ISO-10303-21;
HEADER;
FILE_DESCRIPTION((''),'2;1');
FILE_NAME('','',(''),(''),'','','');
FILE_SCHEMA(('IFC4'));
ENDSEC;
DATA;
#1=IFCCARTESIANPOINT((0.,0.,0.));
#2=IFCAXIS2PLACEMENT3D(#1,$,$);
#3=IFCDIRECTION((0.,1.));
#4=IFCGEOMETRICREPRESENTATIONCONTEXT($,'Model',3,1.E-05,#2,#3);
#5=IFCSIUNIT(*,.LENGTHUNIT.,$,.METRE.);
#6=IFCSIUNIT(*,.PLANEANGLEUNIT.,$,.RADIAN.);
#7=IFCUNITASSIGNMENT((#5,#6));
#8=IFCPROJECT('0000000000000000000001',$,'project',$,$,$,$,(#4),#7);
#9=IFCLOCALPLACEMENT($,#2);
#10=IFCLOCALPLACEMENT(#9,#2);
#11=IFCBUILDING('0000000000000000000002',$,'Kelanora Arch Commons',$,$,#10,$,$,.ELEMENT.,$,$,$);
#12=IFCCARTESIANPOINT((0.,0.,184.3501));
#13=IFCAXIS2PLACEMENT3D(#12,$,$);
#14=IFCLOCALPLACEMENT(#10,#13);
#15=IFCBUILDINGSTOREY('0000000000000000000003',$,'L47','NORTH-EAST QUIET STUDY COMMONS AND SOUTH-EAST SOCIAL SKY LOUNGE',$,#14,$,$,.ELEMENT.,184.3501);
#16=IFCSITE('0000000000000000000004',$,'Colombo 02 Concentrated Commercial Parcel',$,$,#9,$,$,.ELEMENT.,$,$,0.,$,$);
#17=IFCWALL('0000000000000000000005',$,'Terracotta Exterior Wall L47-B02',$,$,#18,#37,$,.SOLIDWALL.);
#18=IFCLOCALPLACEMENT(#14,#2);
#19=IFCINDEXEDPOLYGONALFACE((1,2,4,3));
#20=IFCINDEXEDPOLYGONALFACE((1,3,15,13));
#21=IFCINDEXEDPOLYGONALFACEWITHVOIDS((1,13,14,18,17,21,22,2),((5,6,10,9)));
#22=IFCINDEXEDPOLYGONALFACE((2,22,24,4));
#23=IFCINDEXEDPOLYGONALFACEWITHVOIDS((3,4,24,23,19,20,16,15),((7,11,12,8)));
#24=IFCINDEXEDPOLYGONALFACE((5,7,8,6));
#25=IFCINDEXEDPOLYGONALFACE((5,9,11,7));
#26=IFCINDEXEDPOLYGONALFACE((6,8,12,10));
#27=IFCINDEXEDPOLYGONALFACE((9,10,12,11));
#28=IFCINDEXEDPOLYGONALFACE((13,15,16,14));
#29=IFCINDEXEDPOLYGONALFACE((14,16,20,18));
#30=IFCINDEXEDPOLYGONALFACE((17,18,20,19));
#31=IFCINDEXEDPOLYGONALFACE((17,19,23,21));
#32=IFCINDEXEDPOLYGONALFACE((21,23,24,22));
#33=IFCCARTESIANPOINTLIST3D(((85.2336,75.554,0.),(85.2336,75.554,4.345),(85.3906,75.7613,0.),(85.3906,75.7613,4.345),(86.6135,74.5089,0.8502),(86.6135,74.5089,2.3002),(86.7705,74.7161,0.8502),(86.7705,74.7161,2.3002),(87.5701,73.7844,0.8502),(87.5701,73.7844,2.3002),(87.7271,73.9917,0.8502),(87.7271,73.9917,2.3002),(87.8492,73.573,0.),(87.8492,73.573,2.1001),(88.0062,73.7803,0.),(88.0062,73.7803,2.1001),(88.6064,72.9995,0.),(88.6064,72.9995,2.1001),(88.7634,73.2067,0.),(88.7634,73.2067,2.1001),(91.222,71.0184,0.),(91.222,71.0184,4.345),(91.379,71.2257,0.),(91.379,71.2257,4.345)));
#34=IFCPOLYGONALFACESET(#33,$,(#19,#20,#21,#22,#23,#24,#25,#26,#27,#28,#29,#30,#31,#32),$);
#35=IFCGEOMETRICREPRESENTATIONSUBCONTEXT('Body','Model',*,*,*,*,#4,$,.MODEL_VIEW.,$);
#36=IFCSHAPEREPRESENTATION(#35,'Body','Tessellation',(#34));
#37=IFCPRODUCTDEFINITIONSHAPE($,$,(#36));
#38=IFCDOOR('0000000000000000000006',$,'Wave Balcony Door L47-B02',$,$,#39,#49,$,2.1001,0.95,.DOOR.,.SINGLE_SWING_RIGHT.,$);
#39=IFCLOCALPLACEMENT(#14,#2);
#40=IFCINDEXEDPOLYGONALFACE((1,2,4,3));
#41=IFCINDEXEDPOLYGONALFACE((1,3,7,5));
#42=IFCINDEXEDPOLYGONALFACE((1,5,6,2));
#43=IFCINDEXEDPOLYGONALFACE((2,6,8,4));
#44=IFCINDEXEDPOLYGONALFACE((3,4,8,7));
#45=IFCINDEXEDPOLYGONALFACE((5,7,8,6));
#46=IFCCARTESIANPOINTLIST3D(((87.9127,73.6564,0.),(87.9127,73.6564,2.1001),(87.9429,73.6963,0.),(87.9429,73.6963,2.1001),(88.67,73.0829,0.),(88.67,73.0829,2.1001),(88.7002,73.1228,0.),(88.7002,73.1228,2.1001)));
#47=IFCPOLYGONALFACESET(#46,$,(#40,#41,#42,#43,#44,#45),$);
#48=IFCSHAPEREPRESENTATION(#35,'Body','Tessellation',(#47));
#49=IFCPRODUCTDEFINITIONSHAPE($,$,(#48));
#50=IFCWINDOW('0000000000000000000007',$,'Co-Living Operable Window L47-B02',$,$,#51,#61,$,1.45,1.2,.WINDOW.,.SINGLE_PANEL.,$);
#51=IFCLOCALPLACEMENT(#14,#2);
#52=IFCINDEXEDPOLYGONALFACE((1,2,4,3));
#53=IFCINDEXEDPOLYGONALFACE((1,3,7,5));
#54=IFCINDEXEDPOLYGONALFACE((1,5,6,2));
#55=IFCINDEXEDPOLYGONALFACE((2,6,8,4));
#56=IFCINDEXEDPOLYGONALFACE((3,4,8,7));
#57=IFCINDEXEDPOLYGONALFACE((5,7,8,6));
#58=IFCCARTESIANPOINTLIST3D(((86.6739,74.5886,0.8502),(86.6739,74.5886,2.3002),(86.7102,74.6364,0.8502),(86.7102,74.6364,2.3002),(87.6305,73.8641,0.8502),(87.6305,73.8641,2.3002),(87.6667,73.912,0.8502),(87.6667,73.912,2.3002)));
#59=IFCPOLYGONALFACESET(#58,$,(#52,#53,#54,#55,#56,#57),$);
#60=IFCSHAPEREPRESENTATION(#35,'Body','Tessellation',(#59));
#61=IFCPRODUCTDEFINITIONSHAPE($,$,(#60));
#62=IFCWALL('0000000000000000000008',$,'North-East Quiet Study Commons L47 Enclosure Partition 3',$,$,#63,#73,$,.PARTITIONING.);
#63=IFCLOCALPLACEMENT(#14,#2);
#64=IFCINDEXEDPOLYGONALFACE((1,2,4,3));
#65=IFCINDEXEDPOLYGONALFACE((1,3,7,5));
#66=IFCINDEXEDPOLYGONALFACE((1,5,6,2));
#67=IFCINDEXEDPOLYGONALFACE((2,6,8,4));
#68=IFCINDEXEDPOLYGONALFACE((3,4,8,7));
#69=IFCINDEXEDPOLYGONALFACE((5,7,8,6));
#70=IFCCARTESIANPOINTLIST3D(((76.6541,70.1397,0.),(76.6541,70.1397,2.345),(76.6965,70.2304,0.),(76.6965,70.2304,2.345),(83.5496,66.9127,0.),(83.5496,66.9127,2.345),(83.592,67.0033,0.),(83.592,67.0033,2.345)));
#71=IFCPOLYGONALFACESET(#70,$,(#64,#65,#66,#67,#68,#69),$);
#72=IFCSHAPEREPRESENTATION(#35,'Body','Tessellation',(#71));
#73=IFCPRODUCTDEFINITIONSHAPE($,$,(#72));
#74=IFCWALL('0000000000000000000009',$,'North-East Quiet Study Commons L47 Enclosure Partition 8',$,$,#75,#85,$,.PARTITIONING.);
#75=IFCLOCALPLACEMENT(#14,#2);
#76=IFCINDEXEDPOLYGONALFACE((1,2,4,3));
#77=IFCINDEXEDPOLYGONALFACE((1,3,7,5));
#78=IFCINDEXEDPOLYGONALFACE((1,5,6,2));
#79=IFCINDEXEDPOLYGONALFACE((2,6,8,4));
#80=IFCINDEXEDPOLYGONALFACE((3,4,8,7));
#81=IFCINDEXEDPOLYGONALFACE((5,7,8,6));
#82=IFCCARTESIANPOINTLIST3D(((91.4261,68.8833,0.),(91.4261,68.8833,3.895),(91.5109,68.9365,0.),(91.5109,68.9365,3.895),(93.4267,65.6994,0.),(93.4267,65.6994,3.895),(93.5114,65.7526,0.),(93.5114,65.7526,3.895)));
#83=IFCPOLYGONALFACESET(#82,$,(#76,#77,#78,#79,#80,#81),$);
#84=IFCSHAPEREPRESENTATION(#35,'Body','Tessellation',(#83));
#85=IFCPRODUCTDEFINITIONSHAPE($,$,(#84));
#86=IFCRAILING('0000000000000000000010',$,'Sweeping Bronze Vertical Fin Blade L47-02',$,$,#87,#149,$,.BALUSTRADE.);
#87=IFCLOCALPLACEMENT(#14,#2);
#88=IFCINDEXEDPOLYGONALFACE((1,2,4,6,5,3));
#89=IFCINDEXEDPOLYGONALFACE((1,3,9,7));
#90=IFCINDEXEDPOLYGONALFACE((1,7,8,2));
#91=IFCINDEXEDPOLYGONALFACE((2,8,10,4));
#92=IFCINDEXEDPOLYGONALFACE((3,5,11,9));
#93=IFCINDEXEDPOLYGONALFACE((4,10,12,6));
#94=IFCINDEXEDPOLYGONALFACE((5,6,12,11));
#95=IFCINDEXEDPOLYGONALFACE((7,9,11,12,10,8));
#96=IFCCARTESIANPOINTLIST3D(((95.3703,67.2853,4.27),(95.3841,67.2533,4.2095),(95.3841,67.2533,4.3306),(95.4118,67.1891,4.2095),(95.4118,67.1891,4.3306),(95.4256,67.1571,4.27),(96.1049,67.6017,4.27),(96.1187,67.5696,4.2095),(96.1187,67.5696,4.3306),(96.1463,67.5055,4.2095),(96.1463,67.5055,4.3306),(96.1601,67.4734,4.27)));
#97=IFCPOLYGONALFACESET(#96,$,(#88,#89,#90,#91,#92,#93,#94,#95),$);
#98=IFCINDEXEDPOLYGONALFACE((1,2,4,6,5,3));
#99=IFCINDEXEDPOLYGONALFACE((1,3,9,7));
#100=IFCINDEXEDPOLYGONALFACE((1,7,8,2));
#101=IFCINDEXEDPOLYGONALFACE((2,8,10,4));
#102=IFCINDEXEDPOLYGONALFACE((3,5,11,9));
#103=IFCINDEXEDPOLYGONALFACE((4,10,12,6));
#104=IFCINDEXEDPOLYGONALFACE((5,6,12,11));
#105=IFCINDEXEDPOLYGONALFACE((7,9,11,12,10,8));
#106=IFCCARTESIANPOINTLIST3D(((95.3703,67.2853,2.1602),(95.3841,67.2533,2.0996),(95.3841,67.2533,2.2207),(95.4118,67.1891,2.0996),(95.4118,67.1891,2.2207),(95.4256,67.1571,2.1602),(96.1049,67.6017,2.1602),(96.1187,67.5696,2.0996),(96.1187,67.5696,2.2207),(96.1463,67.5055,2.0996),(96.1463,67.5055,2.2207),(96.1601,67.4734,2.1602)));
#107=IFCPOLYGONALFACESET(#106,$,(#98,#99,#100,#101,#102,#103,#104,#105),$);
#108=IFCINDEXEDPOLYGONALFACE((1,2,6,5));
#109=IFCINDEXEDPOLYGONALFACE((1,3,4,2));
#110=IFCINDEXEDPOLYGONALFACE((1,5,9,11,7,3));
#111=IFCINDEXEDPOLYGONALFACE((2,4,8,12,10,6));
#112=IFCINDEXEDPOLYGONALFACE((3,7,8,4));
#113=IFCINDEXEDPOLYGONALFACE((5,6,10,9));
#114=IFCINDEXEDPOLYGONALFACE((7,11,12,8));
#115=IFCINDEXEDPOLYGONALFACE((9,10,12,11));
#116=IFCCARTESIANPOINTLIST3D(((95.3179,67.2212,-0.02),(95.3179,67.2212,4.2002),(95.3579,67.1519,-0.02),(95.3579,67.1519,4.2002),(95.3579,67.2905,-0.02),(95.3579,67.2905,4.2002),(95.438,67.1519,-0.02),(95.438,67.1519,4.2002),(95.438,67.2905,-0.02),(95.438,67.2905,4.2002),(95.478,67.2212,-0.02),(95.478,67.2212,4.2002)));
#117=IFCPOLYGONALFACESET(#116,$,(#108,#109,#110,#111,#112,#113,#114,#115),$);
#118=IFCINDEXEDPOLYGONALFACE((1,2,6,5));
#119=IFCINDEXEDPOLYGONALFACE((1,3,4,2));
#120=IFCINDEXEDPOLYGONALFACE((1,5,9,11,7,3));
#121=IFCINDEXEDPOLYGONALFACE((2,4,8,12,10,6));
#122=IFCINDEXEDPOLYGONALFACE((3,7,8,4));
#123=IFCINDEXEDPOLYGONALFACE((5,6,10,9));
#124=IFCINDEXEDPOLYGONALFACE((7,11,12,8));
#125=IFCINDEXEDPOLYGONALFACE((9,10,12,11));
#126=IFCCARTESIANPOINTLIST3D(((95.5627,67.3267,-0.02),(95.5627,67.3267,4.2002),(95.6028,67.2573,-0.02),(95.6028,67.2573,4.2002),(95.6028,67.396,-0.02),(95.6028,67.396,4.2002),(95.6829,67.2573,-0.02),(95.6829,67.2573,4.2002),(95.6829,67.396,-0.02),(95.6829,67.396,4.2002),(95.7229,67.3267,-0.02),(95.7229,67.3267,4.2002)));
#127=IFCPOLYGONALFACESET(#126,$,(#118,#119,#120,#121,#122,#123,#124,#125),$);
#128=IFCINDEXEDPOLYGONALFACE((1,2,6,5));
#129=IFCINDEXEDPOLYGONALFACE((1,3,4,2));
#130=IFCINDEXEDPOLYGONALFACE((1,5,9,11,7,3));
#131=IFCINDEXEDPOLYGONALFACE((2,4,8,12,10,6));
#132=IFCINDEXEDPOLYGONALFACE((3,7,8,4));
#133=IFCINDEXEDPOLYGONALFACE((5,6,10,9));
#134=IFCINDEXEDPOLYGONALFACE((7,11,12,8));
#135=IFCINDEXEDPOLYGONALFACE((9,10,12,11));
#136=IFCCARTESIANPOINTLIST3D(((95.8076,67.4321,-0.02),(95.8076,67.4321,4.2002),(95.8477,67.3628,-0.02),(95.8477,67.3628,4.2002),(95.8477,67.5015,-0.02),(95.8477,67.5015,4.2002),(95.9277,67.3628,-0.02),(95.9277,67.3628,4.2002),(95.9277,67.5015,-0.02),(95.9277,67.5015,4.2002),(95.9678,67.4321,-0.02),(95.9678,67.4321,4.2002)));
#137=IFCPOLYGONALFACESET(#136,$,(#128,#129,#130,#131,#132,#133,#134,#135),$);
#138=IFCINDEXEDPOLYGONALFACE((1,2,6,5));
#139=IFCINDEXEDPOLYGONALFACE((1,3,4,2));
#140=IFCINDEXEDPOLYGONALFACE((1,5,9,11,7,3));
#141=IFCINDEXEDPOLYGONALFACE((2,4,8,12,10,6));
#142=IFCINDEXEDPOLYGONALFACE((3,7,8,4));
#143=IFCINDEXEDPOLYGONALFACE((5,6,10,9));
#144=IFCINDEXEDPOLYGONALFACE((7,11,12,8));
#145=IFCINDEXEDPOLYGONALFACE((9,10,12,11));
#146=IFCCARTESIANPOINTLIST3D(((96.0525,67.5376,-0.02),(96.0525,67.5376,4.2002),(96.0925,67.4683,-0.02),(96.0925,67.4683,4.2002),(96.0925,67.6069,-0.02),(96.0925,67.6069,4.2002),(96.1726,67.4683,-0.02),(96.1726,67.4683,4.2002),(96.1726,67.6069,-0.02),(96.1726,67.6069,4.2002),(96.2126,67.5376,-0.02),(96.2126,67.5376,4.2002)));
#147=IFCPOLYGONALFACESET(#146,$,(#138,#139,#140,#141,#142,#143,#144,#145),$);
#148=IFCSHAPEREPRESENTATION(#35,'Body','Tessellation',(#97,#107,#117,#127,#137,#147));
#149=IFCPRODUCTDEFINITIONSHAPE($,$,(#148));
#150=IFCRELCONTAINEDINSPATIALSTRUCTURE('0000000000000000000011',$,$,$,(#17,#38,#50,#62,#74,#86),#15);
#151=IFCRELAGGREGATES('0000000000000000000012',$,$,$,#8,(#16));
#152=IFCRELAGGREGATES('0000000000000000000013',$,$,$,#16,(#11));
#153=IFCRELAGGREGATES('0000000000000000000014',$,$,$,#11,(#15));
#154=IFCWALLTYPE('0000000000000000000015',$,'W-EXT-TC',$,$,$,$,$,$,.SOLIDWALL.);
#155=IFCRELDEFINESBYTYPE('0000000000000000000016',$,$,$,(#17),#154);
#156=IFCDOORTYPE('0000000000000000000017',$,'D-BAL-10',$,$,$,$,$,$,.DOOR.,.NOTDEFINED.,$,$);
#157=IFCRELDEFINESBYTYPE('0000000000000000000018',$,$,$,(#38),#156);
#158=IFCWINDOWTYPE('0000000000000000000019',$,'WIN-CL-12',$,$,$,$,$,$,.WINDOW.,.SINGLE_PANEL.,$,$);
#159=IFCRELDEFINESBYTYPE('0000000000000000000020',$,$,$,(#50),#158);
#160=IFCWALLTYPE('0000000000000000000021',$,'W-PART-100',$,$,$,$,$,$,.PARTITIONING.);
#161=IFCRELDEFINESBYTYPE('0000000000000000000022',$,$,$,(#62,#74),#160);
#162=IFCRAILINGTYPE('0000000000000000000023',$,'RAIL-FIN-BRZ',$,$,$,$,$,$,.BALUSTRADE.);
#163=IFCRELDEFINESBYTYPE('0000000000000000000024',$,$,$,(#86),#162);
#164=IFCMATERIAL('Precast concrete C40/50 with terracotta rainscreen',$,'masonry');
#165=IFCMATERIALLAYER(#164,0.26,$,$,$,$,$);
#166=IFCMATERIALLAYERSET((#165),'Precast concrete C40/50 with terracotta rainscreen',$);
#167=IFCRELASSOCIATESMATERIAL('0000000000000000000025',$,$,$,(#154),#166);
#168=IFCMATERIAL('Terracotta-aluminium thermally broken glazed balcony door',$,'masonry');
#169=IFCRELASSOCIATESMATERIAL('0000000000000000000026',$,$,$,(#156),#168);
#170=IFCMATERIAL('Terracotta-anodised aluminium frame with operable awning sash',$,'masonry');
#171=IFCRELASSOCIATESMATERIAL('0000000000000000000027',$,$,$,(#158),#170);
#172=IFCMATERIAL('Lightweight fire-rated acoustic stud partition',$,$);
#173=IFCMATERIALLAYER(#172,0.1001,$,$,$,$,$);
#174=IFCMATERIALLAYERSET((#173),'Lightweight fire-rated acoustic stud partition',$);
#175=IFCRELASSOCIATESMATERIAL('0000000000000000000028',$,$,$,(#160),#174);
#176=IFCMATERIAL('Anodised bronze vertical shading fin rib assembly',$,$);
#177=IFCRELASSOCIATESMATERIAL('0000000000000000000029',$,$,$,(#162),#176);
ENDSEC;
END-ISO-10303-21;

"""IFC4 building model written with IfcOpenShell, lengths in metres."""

from ifc_helpers import new_model, si_unit, direction, frame, frame_2d, origin, place, context, subcontext, project, spatial, polyline, rectangle, outline, extrude, material, layer, layer_set, type_object, element, fill, save


model = new_model("IFC4")

# Units and contexts
model_context = context("Model", 3, precision=1e-05, world=origin(), true_north=direction((0.0, 1.0)))
body_context = subcontext(model_context, "Body", "Model", "MODEL_VIEW")
ifc_project = project(units=[si_unit("LENGTHUNIT", "METRE"), si_unit("PLANEANGLEUNIT", "RADIAN")], contexts=[model_context])

# Site, building, storey
site_placement = place(None, origin())
site = spatial("IfcSite", under=ifc_project, at=site_placement, Name="Colombo 02 Concentrated Commercial Parcel", CompositionType="ELEMENT", RefElevation=0.0)
building_placement = place(site_placement, origin())
building = spatial("IfcBuilding", under=site, at=building_placement, Name="Kelanora Arch Commons", CompositionType="ELEMENT")
storey_placement = place(building_placement, frame((0.0, 0.0, 184.3501)))
storey = spatial("IfcBuildingStorey", under=building, at=storey_placement, Name="L47", Description="NORTH-EAST QUIET STUDY COMMONS AND SOUTH-EAST SOCIAL SKY LOUNGE", CompositionType="ELEMENT", Elevation=184.3501)

# Shared definitions
ifc_material_1 = material(Name="Precast concrete C40/50 with terracotta rainscreen", Category="masonry")
ifc_layer_1 = layer(ifc_material_1, 0.26)
ifc_layer_set_1 = layer_set([ifc_layer_1], Name="Precast concrete C40/50 with terracotta rainscreen")
wall_type_1 = type_object("IfcWallType", Name="W-EXT-TC", PredefinedType="SOLIDWALL", material=ifc_layer_set_1)

# Wall, openings, door, window
wall_1_placement = place(storey_placement, frame((91.3005, 71.1221, 0.0), z_axis=(0.0, 0.0, 1.0), x_axis=(-0.797164, 0.603763, 0.0)))
wall_1 = element("IfcWall", 1, at=wall_1_placement, inside=storey, type_object=wall_type_1, Name="Terracotta Exterior Wall L47-B02", PredefinedType="SOLIDWALL", context=body_context, shape_type="SweptSolid", body=[
    extrude(rectangle(XDim=7.5122, YDim=0.26, at=frame_2d((3.7561, 0.0))), origin(), (0.0, 0.0, 1.0), 4.345),
])
opening_1_placement = place(wall_1_placement, frame((3.281, 0.0, 0.0)))
opening_1 = element("IfcOpeningElement", 2, at=opening_1_placement, cuts=wall_1, PredefinedType="OPENING", context=body_context, shape_type="SweptSolid", body=[
    extrude(rectangle(XDim=0.95, YDim=2.1001, at=frame_2d((0.4751, 1.05))), frame((0.0, 0.1401, 0.0), z_axis=(0.0, -1.0, 0.0), x_axis=(1.0, 0.0, 0.0)), (0.0, 0.0, 1.0), 0.28),
])
opening_2_placement = place(wall_1_placement, frame((4.5811, 0.0, 0.8501)))
opening_2 = element("IfcOpeningElement", 3, at=opening_2_placement, cuts=wall_1, PredefinedType="OPENING", context=body_context, shape_type="SweptSolid", body=[
    extrude(rectangle(XDim=1.2, YDim=1.45, at=frame_2d((0.6001, 0.7251))), frame((0.0, 0.1401, 0.0), z_axis=(0.0, -1.0, 0.0), x_axis=(1.0, 0.0, 0.0)), (0.0, 0.0, 1.0), 0.28),
])
ifc_material_2 = material(Name="Terracotta-aluminium thermally broken glazed balcony door", Category="masonry")
door_type = type_object("IfcDoorType", Name="D-BAL-10", OperationType="NOTDEFINED", PredefinedType="DOOR", material=ifc_material_2)
door_placement = place(opening_1_placement, frame((0.95, 0.0, 0.0), z_axis=(0.0, 0.0, 1.0), x_axis=(-1.0, 0.0, 0.0)))
door = element("IfcDoor", 4, at=door_placement, inside=storey, type_object=door_type, Name="Wave Balcony Door L47-B02", OperationType="SINGLE_SWING_RIGHT", OverallHeight=2.1001, OverallWidth=0.95, PredefinedType="DOOR", context=body_context, shape_type="SweptSolid", body=[
    extrude(rectangle(XDim=0.95, YDim=2.1001, at=frame_2d((0.4751, 1.05))), frame((0.0, 0.0249, 0.0), z_axis=(0.0, -1.0, 0.0), x_axis=(1.0, 0.0, 0.0)), (0.0, 0.0, 1.0), 0.05),
])
fill(opening_1, door)
ifc_material_3 = material(Name="Terracotta-anodised aluminium frame with operable awning sash", Category="masonry")
window_type_1 = type_object("IfcWindowType", Name="WIN-CL-12", PartitioningType="SINGLE_PANEL", PredefinedType="WINDOW", material=ifc_material_3)
window_1_placement = place(opening_2_placement, origin())
window_1 = element("IfcWindow", 5, at=window_1_placement, inside=storey, type_object=window_type_1, Name="Co-Living Operable Window L47-B02", OverallHeight=1.45, OverallWidth=1.2, PartitioningType="SINGLE_PANEL", PredefinedType="WINDOW", context=body_context, shape_type="SweptSolid", body=[
    extrude(rectangle(XDim=1.2, YDim=1.45, at=frame_2d((0.6001, 0.7251))), frame((0.0, 0.03, 0.0), z_axis=(0.0, -1.0, 0.0), x_axis=(1.0, 0.0, 0.0)), (0.0, 0.0, 1.0), 0.0601),
])
fill(opening_2, window_1)

# Walls
ifc_material_4 = material(Name="Lightweight fire-rated acoustic stud partition")
ifc_layer_2 = layer(ifc_material_4, 0.1001)
ifc_layer_set_2 = layer_set([ifc_layer_2], Name="Lightweight fire-rated acoustic stud partition")
wall_type_2 = type_object("IfcWallType", Name="W-PART-100", PredefinedType="PARTITIONING", material=ifc_layer_set_2)
wall_2_placement = place(storey_placement, frame((83.5708, 66.958, 0.0), z_axis=(0.0, 0.0, 1.0), x_axis=(-0.905722, 0.423872, 0.0)))
element("IfcWall", 6, at=wall_2_placement, inside=storey, type_object=wall_type_2, Name="North-East Quiet Study Commons L47 Enclosure Partition 3", PredefinedType="PARTITIONING", context=body_context, shape_type="SweptSolid", body=[
    extrude(rectangle(XDim=7.6133, YDim=0.1001, at=frame_2d((3.8066, 0.0))), origin(), (0.0, 0.0, 1.0), 2.345),
])
wall_3_placement = place(storey_placement, frame((91.4685, 68.9099, 0.0), z_axis=(0.0, 0.0, 1.0), x_axis=(0.532023, -0.84673, 0.0)))
element("IfcWall", 7, at=wall_3_placement, inside=storey, type_object=wall_type_2, Name="North-East Quiet Study Commons L47 Enclosure Partition 8", PredefinedType="PARTITIONING", context=body_context, shape_type="SweptSolid", body=[
    extrude(rectangle(XDim=3.7603, YDim=0.1001, at=frame_2d((1.8801, 0.0))), origin(), (0.0, 0.0, 1.0), 3.895),
])

# Railing
ifc_material_5 = material(Name="Anodised bronze vertical shading fin rib assembly")
railing_type = type_object("IfcRailingType", Name="RAIL-FIN-BRZ", PredefinedType="BALUSTRADE", material=ifc_material_5)
railing_1_placement = place(storey_placement, frame((95.3979, 67.2212, -0.02)))
element("IfcRailing", 8, at=railing_1_placement, inside=storey, type_object=railing_type, Name="Sweeping Bronze Vertical Fin Blade L47-02", PredefinedType="BALUSTRADE", context=body_context, shape_type="SweptSolid", body=[
    extrude(outline(polyline([(0.0698, 0.0), (0.0349, 0.0605), (-0.0349, 0.0605), (-0.0698, 0.0), (-0.0349, -0.0605), (0.0349, -0.0605), (0.0698, 0.0)])), frame((0.0, 0.0, 4.29), z_axis=(0.918433, 0.395576, 0.0), x_axis=(-0.395576, 0.918433, 0.0)), (0.0, 0.0, 1.0), 0.7998),
    extrude(outline(polyline([(0.0698, 0.0), (0.0349, 0.0605), (-0.0349, 0.0605), (-0.0698, 0.0), (-0.0349, -0.0605), (0.0349, -0.0605), (0.0698, 0.0)])), frame((0.0, 0.0, 2.1802), z_axis=(0.918433, 0.395576, 0.0), x_axis=(-0.395576, 0.918433, 0.0)), (0.0, 0.0, 1.0), 0.7998),
    extrude(outline(polyline([(0.0801, 0.0), (0.04, 0.0693), (-0.04, 0.0693), (-0.0801, 0.0), (-0.04, -0.0693), (0.04, -0.0693), (0.0801, 0.0)])), origin(), (0.0, 0.0, 1.0), 4.2202),
    extrude(outline(polyline([(0.0801, 0.0), (0.04, 0.0693), (-0.04, 0.0693), (-0.0801, 0.0), (-0.04, -0.0693), (0.04, -0.0693), (0.0801, 0.0)])), frame((0.2449, 0.1055, 0.0)), (0.0, 0.0, 1.0), 4.2202),
    extrude(outline(polyline([(0.0801, 0.0), (0.04, 0.0693), (-0.04, 0.0693), (-0.0801, 0.0), (-0.04, -0.0693), (0.04, -0.0693), (0.0801, 0.0)])), frame((0.4897, 0.2109, 0.0)), (0.0, 0.0, 1.0), 4.2202),
    extrude(outline(polyline([(0.0801, 0.0), (0.04, 0.0693), (-0.04, 0.0693), (-0.0801, 0.0), (-0.04, -0.0693), (0.04, -0.0693), (0.0801, 0.0)])), frame((0.7346, 0.3164, 0.0)), (0.0, 0.0, 1.0), 4.2202),
])

save(model, "model.ifc")
